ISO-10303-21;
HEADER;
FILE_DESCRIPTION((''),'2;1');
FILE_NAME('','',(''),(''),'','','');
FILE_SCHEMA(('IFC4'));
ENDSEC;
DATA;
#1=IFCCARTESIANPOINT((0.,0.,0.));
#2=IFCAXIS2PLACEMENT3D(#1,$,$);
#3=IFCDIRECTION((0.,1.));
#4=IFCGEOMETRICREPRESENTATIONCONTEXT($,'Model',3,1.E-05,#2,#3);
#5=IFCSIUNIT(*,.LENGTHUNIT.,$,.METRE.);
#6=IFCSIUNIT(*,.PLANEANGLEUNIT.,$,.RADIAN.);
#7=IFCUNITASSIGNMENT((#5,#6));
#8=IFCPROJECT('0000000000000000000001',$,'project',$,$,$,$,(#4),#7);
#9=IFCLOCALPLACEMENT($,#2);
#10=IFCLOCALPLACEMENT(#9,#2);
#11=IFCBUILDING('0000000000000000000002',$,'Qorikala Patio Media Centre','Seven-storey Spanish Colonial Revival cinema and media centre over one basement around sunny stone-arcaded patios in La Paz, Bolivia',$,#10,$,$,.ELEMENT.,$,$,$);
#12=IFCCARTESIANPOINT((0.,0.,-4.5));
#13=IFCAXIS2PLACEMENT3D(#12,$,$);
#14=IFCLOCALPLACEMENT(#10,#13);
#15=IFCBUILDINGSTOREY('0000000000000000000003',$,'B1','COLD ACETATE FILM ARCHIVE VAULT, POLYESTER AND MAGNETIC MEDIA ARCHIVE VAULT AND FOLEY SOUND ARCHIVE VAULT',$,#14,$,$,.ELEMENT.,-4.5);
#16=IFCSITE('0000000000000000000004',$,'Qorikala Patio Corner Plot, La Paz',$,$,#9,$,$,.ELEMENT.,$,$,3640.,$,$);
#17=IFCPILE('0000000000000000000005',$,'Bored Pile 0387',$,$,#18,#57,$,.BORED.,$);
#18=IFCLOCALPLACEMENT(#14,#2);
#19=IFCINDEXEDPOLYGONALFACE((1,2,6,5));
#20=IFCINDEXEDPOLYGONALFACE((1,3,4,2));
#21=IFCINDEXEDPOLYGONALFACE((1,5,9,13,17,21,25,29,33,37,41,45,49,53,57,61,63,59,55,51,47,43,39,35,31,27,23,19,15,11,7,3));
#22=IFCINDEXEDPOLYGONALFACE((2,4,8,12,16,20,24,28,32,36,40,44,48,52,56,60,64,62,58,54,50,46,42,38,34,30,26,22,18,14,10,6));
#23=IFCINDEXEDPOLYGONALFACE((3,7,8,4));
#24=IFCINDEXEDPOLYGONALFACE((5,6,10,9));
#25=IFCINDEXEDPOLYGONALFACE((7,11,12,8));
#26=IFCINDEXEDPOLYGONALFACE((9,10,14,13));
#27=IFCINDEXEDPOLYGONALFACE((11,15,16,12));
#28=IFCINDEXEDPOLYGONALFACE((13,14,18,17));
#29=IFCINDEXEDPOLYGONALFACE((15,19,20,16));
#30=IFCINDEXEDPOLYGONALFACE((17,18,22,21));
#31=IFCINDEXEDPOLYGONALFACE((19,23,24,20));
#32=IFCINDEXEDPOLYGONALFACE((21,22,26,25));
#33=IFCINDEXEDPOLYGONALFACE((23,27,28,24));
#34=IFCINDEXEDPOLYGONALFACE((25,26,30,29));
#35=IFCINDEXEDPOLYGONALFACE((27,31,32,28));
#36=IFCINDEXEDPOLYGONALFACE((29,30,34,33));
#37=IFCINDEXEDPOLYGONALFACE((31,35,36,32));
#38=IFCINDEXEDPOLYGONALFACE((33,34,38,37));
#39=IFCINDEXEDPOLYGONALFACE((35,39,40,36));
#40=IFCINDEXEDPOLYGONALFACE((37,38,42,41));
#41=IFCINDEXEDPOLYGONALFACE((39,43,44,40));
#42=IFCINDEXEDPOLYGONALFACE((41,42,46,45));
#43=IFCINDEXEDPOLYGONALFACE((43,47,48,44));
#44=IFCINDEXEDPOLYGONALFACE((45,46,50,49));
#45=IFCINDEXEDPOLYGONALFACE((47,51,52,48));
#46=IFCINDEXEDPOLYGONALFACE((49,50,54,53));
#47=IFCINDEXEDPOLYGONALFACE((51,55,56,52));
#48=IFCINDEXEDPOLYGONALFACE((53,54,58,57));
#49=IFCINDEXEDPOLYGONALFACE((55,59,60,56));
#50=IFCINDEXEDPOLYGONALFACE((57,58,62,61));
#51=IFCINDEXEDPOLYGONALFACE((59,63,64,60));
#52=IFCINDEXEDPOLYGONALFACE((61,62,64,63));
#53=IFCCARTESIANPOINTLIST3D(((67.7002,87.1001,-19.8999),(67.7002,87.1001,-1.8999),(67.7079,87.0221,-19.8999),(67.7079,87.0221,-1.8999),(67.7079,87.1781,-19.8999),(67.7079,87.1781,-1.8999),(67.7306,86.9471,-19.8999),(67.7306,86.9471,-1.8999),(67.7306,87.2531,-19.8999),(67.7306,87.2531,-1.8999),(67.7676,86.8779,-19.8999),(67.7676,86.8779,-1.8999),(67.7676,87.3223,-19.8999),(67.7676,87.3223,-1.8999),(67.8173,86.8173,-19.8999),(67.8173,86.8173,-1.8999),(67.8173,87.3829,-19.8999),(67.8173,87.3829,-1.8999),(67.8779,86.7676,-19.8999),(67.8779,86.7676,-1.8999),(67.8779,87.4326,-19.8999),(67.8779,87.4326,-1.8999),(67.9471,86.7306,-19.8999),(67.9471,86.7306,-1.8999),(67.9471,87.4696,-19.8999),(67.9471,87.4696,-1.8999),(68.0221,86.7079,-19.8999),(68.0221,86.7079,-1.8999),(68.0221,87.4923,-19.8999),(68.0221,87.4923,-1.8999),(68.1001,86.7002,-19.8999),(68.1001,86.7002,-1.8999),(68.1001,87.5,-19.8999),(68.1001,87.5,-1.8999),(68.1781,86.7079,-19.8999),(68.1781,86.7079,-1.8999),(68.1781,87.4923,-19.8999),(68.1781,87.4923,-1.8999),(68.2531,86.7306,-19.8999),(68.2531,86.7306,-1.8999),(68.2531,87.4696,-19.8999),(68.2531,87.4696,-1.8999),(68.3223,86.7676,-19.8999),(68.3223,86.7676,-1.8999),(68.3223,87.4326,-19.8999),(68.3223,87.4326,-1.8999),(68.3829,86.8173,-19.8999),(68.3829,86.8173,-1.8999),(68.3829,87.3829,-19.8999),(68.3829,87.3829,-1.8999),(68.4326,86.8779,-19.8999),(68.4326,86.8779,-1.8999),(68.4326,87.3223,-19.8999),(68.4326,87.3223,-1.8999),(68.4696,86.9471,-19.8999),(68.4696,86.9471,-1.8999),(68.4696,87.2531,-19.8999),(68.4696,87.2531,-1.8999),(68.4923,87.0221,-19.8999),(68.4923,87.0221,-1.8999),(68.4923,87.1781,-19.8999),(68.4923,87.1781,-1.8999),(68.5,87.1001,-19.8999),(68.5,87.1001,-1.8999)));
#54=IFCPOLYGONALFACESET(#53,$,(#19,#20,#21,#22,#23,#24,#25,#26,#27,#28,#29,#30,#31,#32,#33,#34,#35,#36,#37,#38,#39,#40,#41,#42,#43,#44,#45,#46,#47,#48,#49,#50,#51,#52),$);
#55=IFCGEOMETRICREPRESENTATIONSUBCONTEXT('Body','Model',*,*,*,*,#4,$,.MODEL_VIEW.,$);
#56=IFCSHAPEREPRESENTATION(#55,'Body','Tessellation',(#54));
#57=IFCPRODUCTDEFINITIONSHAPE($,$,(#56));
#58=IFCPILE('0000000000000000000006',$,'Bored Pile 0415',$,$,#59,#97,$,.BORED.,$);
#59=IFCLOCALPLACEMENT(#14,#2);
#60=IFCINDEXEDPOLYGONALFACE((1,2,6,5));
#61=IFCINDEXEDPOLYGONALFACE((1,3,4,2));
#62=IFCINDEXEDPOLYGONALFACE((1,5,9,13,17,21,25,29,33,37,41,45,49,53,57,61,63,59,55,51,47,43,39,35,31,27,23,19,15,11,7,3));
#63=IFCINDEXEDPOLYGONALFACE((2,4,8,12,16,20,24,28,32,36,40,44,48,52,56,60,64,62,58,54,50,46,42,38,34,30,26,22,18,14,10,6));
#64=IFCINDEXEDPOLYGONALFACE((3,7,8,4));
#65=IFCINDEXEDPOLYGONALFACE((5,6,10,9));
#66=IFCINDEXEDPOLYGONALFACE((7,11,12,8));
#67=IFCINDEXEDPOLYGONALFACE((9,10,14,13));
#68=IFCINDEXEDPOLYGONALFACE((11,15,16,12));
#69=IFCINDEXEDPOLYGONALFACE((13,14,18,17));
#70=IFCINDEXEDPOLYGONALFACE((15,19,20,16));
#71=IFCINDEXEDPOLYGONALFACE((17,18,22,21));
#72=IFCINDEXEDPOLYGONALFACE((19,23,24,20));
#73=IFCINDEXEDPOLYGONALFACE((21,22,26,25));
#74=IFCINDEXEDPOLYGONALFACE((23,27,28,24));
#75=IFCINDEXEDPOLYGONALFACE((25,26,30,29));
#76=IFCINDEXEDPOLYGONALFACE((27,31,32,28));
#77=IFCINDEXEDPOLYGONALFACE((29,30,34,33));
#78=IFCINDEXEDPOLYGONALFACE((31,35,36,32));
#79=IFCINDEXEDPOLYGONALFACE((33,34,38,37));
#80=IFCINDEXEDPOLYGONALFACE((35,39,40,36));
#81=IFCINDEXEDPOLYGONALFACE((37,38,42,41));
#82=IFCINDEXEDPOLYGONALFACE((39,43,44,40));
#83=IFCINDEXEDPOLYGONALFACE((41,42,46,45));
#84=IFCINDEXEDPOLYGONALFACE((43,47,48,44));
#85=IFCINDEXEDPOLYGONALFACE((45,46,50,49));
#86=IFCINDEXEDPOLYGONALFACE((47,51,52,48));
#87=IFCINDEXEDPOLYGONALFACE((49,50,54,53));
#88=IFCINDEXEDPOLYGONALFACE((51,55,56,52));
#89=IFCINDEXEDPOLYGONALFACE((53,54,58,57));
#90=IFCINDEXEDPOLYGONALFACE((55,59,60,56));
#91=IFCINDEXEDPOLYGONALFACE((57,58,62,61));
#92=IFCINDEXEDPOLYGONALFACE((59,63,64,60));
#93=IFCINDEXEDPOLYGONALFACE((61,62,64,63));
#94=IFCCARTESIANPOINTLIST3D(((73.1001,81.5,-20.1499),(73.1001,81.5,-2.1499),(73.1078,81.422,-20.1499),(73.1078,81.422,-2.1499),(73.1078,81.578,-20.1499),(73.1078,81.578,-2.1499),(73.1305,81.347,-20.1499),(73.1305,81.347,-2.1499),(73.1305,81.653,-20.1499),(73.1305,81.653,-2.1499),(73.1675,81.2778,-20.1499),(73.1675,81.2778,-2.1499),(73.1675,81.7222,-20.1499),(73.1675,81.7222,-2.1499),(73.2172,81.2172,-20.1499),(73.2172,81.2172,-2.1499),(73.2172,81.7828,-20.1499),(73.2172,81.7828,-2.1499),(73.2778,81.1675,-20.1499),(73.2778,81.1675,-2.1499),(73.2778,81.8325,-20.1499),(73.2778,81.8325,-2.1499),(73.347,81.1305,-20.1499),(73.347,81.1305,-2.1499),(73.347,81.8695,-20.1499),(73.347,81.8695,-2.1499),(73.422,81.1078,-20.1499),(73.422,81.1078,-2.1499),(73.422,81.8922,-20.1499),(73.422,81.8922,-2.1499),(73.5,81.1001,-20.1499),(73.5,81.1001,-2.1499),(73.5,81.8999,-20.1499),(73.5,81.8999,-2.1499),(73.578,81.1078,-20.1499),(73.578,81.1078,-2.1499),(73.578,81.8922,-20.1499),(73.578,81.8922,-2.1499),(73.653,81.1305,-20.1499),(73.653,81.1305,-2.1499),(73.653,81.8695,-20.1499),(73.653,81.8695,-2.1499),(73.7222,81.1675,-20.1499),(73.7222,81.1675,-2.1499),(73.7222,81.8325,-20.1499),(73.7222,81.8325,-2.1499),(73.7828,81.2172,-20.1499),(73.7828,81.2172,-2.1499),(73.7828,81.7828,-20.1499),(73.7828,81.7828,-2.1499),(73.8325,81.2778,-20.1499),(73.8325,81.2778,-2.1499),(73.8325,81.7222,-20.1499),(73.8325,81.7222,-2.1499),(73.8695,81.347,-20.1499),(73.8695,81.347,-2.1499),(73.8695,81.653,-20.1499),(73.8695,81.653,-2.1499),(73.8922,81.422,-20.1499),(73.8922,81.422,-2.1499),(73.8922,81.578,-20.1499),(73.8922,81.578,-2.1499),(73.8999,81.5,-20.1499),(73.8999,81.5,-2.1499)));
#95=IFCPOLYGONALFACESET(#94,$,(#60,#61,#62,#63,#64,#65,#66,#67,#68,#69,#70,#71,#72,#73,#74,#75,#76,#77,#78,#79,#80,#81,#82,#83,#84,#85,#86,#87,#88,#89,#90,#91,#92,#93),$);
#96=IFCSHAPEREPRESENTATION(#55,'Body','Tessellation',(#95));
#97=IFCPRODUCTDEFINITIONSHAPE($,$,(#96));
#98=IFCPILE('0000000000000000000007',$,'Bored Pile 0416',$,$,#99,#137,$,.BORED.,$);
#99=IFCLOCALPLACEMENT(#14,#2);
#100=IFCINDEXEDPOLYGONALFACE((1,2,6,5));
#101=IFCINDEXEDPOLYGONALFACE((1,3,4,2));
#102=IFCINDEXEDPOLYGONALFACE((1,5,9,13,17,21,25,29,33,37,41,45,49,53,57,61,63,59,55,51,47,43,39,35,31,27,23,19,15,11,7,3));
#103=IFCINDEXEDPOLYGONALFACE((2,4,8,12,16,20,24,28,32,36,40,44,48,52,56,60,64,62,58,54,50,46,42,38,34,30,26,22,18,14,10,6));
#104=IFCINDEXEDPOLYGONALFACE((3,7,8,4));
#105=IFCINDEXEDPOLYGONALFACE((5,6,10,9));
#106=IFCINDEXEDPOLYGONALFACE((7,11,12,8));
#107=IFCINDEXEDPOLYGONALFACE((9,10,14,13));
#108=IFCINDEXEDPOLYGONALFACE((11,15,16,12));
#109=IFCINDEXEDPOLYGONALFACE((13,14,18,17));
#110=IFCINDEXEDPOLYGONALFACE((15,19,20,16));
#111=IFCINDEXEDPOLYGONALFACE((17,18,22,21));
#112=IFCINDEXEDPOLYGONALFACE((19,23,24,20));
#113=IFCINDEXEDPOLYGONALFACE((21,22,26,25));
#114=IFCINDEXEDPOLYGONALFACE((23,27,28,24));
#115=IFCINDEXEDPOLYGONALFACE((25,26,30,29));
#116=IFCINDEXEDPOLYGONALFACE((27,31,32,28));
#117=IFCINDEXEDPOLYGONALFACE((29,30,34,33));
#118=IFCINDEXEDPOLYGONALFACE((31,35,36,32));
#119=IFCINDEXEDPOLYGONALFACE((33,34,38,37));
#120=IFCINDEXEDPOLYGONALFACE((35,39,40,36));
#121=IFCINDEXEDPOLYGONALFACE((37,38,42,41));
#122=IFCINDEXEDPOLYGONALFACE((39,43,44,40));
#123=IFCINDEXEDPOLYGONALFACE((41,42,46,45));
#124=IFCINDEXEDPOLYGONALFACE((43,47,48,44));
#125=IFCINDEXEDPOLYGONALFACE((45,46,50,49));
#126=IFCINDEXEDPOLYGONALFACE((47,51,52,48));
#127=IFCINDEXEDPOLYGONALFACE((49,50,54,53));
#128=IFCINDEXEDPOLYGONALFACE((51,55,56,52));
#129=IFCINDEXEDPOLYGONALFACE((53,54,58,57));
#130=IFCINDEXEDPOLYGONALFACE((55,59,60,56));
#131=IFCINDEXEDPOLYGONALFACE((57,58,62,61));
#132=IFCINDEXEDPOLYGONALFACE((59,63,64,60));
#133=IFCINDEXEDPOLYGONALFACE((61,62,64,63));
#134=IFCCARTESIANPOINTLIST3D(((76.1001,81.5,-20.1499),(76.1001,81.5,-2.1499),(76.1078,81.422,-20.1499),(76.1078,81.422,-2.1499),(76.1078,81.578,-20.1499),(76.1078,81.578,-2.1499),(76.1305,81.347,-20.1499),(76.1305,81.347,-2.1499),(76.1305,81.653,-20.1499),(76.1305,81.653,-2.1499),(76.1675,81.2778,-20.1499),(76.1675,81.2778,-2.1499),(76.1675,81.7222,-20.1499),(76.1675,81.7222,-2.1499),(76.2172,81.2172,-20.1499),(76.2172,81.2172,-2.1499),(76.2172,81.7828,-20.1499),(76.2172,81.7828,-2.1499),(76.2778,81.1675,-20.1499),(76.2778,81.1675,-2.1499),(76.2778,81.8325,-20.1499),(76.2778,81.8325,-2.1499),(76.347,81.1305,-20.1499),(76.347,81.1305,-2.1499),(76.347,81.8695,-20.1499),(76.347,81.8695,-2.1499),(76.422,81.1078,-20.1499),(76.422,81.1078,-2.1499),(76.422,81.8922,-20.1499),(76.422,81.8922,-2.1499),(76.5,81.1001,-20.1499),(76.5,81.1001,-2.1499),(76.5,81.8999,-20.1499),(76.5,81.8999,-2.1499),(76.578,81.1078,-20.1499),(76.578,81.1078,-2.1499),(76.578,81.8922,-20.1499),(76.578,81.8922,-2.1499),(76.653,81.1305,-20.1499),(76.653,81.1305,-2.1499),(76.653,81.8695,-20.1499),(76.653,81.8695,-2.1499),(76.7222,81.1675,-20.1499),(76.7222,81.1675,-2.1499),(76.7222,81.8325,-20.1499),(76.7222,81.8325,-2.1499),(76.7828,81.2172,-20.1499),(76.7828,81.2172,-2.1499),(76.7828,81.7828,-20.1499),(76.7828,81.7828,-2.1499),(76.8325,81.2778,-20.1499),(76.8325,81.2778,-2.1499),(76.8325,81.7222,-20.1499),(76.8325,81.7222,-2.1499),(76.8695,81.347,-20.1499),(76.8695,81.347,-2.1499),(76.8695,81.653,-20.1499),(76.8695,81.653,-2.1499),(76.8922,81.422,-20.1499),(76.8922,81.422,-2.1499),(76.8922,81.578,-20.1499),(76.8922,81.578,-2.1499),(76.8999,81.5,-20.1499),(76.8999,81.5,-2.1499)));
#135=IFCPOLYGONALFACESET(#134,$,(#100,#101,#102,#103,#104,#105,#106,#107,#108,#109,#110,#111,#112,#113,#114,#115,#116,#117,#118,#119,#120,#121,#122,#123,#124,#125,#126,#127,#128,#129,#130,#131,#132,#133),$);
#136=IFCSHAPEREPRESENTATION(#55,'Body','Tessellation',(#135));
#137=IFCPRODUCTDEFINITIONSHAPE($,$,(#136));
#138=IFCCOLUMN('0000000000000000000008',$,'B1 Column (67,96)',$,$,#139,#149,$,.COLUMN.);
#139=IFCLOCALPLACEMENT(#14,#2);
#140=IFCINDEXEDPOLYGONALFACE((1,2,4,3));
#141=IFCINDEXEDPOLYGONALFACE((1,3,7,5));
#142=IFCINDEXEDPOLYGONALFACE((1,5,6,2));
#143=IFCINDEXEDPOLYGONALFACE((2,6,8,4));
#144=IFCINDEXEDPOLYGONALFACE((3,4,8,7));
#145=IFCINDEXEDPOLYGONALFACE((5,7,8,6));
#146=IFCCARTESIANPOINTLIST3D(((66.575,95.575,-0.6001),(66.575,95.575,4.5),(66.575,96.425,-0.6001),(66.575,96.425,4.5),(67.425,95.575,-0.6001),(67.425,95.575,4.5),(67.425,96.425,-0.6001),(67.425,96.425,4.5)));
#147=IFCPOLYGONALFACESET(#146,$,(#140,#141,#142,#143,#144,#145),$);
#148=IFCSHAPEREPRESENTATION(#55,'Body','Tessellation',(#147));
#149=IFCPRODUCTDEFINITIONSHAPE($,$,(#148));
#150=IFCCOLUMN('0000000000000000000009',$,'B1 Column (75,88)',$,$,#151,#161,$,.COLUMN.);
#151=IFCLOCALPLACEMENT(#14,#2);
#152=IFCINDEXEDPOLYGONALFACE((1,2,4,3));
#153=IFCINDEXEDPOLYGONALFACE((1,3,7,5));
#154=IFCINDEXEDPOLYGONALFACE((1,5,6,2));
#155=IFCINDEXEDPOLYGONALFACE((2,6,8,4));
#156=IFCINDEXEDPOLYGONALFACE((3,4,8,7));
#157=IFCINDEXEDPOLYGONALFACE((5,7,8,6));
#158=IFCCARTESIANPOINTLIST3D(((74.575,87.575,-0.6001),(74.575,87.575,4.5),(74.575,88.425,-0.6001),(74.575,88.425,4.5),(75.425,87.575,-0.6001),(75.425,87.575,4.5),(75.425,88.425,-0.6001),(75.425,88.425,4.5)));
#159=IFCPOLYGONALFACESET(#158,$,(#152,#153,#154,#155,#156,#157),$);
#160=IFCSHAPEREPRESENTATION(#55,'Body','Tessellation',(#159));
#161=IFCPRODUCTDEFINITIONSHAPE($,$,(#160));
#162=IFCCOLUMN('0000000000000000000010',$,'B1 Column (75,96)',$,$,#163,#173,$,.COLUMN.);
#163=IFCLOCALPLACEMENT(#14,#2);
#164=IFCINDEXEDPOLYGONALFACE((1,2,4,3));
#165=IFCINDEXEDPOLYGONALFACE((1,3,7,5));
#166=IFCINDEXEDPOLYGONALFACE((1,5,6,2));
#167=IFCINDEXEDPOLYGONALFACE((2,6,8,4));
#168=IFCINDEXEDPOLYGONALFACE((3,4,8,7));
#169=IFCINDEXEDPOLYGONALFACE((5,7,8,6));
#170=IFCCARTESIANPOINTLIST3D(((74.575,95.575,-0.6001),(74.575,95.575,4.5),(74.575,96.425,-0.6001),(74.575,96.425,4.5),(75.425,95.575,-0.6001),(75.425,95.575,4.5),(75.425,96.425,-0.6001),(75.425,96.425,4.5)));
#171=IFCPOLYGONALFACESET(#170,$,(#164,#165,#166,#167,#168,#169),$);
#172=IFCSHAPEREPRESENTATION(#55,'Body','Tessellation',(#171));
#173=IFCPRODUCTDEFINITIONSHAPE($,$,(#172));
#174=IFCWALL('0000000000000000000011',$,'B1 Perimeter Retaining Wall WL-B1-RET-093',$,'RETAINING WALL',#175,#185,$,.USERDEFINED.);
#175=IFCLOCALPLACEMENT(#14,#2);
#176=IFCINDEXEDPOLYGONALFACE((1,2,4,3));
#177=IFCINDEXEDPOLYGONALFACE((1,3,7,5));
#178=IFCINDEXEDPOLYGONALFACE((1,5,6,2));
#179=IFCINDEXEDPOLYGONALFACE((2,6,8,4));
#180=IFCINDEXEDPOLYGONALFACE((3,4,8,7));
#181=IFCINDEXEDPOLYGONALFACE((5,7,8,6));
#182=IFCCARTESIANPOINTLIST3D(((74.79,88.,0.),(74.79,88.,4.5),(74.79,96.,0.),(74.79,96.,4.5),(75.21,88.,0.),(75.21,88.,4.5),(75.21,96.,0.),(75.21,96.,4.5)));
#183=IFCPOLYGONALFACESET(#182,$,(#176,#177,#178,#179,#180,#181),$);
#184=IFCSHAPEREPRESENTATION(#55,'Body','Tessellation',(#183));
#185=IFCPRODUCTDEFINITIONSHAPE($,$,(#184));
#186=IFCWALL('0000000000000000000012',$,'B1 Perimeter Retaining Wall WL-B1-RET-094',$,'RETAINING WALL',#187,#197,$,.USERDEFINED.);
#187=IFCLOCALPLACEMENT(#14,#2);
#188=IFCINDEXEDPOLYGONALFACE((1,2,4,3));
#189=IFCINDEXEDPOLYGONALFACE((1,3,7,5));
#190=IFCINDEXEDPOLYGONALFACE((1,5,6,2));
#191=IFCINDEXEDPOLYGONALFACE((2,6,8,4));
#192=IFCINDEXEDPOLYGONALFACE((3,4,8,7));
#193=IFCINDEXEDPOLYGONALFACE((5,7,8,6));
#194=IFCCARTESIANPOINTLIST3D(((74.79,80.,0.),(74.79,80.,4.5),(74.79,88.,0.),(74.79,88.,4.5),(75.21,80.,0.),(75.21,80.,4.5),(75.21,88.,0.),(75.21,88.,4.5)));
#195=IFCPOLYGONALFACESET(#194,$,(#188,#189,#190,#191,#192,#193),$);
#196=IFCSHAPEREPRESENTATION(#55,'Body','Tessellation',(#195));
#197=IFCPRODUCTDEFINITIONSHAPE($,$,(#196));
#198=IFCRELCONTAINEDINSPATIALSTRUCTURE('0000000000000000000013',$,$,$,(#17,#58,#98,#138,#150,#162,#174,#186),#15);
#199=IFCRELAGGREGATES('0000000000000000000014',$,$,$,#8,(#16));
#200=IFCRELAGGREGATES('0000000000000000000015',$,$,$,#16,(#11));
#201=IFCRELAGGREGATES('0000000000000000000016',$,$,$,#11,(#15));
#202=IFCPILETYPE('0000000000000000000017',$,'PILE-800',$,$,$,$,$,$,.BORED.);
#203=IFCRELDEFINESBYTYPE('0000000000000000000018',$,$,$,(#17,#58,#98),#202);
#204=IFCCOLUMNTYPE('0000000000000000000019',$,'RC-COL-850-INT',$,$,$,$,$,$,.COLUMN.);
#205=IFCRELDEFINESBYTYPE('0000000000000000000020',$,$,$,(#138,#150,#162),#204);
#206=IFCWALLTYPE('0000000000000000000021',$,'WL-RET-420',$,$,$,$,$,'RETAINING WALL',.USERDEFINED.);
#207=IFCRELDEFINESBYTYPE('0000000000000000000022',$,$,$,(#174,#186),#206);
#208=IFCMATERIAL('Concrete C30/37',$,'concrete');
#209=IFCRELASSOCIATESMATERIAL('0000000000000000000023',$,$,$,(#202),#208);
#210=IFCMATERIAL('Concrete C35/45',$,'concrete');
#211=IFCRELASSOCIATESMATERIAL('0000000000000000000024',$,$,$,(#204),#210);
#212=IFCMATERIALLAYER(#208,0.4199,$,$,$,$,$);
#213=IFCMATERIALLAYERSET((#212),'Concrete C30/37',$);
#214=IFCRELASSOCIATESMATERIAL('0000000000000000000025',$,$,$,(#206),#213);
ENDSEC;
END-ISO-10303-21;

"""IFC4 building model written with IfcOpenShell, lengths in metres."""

from ifc_helpers import new_model, si_unit, direction, frame, frame_2d, origin, origin_2d, place, context, subcontext, project, spatial, rectangle, circle, extrude, material, layer, layer_set, material_profile, profile_set, type_object, element, save


model = new_model("IFC4")

# Units and contexts
model_context = context("Model", 3, precision=1e-05, world=origin(), true_north=direction((0.0, 1.0)))
body_context = subcontext(model_context, "Body", "Model", "MODEL_VIEW")
ifc_project = project(units=[si_unit("LENGTHUNIT", "METRE"), si_unit("PLANEANGLEUNIT", "RADIAN")], contexts=[model_context])

# Site, building, storey
site_placement = place(None, origin())
site = spatial("IfcSite", under=ifc_project, at=site_placement, Name="Qorikala Patio Corner Plot, La Paz", CompositionType="ELEMENT", RefElevation=3640.0)
building_placement = place(site_placement, origin())
building = spatial("IfcBuilding", under=site, at=building_placement, Name="Qorikala Patio Media Centre", Description="Seven-storey Spanish Colonial Revival cinema and media centre over one basement around sunny stone-arcaded patios in La Paz, Bolivia", CompositionType="ELEMENT")
storey_placement = place(building_placement, frame((0.0, 0.0, -4.5)))
storey = spatial("IfcBuildingStorey", under=building, at=storey_placement, Name="B1", Description="COLD ACETATE FILM ARCHIVE VAULT, POLYESTER AND MAGNETIC MEDIA ARCHIVE VAULT AND FOLEY SOUND ARCHIVE VAULT", CompositionType="ELEMENT", Elevation=-4.5)

# Shared definitions
ifc_material_1 = material(Name="Concrete C30/37", Category="concrete")

# Piles
ifc_material_profile_1 = material_profile(ifc_material_1, circle(Radius=0.3999, at=origin_2d()), Name="BORED PILE 800")
ifc_profile_set_1 = profile_set([ifc_material_profile_1], Name="Concrete C30/37")
pile_type_1 = type_object("IfcPileType", Name="PILE-800", PredefinedType="BORED", material=ifc_profile_set_1)
for number, where, z_axis, x_axis, name in (
    (1, (68.1001, 87.1001, -1.8999), (0.0, 0.0, -1.0), (1.0, 0.0, 0.0), "Bored Pile 0387"),
    (2, (73.5, 81.5, -2.1499), (0.0, 0.0, -1.0), (1.0, 0.0, 0.0), "Bored Pile 0415"),
    (3, (76.5, 81.5, -2.1499), (0.0, 0.0, -1.0), (1.0, 0.0, 0.0), "Bored Pile 0416"),
):
    element("IfcPile", number, at=place(storey_placement, frame(where, z_axis=z_axis, x_axis=x_axis)), inside=storey, type_object=pile_type_1, Name=name, PredefinedType="BORED", context=body_context, shape_type="SweptSolid", body=[
        extrude(circle(Radius=0.3999, at=origin_2d()), origin(), (0.0, 0.0, 1.0), 18.0),
    ])

# Columns
ifc_material_2 = material(Name="Concrete C35/45", Category="concrete")
ifc_material_profile_2 = material_profile(ifc_material_2, rectangle(XDim=0.8501, YDim=0.8501, at=origin_2d()), Name="RC 850x850")
ifc_profile_set_2 = profile_set([ifc_material_profile_2], Name="Concrete C35/45")
column_type = type_object("IfcColumnType", Name="RC-COL-850-INT", PredefinedType="COLUMN", material=ifc_profile_set_2)
for number, where, z_axis, x_axis, name in (
    (4, (67.0, 96.0, -0.6001), (0.0, 0.0, 1.0), (1.0, 0.0, 0.0), "B1 Column (67,96)"),
    (5, (75.0, 88.0, -0.6001), (0.0, 0.0, 1.0), (1.0, 0.0, 0.0), "B1 Column (75,88)"),
    (6, (75.0, 96.0, -0.6001), (0.0, 0.0, 1.0), (1.0, 0.0, 0.0), "B1 Column (75,96)"),
):
    element("IfcColumn", number, at=place(storey_placement, frame(where, z_axis=z_axis, x_axis=x_axis)), inside=storey, type_object=column_type, Name=name, PredefinedType="COLUMN", context=body_context, shape_type="SweptSolid", body=[
        extrude(rectangle(XDim=0.8501, YDim=0.8501, at=origin_2d()), origin(), (0.0, 0.0, 1.0), 5.1001),
    ])

# Walls
ifc_layer_1 = layer(ifc_material_1, 0.4199)
ifc_layer_set_1 = layer_set([ifc_layer_1], Name="Concrete C30/37")
wall_type = type_object("IfcWallType", Name="WL-RET-420", ElementType="RETAINING WALL", PredefinedType="USERDEFINED", material=ifc_layer_set_1)
for number, where, z_axis, x_axis, name in (
    (7, (75.0, 96.0, 0.0), (0.0, 0.0, 1.0), (0.0, -1.0, 0.0), "B1 Perimeter Retaining Wall WL-B1-RET-093"),
    (8, (75.0, 88.0, 0.0), (0.0, 0.0, 1.0), (0.0, -1.0, 0.0), "B1 Perimeter Retaining Wall WL-B1-RET-094"),
):
    element("IfcWall", number, at=place(storey_placement, frame(where, z_axis=z_axis, x_axis=x_axis)), inside=storey, type_object=wall_type, Name=name, ObjectType="RETAINING WALL", PredefinedType="USERDEFINED", context=body_context, shape_type="SweptSolid", body=[
        extrude(rectangle(XDim=8.0, YDim=0.4199, at=frame_2d((4.0, 0.0))), origin(), (0.0, 0.0, 1.0), 4.5),
    ])

save(model, "model.ifc")
